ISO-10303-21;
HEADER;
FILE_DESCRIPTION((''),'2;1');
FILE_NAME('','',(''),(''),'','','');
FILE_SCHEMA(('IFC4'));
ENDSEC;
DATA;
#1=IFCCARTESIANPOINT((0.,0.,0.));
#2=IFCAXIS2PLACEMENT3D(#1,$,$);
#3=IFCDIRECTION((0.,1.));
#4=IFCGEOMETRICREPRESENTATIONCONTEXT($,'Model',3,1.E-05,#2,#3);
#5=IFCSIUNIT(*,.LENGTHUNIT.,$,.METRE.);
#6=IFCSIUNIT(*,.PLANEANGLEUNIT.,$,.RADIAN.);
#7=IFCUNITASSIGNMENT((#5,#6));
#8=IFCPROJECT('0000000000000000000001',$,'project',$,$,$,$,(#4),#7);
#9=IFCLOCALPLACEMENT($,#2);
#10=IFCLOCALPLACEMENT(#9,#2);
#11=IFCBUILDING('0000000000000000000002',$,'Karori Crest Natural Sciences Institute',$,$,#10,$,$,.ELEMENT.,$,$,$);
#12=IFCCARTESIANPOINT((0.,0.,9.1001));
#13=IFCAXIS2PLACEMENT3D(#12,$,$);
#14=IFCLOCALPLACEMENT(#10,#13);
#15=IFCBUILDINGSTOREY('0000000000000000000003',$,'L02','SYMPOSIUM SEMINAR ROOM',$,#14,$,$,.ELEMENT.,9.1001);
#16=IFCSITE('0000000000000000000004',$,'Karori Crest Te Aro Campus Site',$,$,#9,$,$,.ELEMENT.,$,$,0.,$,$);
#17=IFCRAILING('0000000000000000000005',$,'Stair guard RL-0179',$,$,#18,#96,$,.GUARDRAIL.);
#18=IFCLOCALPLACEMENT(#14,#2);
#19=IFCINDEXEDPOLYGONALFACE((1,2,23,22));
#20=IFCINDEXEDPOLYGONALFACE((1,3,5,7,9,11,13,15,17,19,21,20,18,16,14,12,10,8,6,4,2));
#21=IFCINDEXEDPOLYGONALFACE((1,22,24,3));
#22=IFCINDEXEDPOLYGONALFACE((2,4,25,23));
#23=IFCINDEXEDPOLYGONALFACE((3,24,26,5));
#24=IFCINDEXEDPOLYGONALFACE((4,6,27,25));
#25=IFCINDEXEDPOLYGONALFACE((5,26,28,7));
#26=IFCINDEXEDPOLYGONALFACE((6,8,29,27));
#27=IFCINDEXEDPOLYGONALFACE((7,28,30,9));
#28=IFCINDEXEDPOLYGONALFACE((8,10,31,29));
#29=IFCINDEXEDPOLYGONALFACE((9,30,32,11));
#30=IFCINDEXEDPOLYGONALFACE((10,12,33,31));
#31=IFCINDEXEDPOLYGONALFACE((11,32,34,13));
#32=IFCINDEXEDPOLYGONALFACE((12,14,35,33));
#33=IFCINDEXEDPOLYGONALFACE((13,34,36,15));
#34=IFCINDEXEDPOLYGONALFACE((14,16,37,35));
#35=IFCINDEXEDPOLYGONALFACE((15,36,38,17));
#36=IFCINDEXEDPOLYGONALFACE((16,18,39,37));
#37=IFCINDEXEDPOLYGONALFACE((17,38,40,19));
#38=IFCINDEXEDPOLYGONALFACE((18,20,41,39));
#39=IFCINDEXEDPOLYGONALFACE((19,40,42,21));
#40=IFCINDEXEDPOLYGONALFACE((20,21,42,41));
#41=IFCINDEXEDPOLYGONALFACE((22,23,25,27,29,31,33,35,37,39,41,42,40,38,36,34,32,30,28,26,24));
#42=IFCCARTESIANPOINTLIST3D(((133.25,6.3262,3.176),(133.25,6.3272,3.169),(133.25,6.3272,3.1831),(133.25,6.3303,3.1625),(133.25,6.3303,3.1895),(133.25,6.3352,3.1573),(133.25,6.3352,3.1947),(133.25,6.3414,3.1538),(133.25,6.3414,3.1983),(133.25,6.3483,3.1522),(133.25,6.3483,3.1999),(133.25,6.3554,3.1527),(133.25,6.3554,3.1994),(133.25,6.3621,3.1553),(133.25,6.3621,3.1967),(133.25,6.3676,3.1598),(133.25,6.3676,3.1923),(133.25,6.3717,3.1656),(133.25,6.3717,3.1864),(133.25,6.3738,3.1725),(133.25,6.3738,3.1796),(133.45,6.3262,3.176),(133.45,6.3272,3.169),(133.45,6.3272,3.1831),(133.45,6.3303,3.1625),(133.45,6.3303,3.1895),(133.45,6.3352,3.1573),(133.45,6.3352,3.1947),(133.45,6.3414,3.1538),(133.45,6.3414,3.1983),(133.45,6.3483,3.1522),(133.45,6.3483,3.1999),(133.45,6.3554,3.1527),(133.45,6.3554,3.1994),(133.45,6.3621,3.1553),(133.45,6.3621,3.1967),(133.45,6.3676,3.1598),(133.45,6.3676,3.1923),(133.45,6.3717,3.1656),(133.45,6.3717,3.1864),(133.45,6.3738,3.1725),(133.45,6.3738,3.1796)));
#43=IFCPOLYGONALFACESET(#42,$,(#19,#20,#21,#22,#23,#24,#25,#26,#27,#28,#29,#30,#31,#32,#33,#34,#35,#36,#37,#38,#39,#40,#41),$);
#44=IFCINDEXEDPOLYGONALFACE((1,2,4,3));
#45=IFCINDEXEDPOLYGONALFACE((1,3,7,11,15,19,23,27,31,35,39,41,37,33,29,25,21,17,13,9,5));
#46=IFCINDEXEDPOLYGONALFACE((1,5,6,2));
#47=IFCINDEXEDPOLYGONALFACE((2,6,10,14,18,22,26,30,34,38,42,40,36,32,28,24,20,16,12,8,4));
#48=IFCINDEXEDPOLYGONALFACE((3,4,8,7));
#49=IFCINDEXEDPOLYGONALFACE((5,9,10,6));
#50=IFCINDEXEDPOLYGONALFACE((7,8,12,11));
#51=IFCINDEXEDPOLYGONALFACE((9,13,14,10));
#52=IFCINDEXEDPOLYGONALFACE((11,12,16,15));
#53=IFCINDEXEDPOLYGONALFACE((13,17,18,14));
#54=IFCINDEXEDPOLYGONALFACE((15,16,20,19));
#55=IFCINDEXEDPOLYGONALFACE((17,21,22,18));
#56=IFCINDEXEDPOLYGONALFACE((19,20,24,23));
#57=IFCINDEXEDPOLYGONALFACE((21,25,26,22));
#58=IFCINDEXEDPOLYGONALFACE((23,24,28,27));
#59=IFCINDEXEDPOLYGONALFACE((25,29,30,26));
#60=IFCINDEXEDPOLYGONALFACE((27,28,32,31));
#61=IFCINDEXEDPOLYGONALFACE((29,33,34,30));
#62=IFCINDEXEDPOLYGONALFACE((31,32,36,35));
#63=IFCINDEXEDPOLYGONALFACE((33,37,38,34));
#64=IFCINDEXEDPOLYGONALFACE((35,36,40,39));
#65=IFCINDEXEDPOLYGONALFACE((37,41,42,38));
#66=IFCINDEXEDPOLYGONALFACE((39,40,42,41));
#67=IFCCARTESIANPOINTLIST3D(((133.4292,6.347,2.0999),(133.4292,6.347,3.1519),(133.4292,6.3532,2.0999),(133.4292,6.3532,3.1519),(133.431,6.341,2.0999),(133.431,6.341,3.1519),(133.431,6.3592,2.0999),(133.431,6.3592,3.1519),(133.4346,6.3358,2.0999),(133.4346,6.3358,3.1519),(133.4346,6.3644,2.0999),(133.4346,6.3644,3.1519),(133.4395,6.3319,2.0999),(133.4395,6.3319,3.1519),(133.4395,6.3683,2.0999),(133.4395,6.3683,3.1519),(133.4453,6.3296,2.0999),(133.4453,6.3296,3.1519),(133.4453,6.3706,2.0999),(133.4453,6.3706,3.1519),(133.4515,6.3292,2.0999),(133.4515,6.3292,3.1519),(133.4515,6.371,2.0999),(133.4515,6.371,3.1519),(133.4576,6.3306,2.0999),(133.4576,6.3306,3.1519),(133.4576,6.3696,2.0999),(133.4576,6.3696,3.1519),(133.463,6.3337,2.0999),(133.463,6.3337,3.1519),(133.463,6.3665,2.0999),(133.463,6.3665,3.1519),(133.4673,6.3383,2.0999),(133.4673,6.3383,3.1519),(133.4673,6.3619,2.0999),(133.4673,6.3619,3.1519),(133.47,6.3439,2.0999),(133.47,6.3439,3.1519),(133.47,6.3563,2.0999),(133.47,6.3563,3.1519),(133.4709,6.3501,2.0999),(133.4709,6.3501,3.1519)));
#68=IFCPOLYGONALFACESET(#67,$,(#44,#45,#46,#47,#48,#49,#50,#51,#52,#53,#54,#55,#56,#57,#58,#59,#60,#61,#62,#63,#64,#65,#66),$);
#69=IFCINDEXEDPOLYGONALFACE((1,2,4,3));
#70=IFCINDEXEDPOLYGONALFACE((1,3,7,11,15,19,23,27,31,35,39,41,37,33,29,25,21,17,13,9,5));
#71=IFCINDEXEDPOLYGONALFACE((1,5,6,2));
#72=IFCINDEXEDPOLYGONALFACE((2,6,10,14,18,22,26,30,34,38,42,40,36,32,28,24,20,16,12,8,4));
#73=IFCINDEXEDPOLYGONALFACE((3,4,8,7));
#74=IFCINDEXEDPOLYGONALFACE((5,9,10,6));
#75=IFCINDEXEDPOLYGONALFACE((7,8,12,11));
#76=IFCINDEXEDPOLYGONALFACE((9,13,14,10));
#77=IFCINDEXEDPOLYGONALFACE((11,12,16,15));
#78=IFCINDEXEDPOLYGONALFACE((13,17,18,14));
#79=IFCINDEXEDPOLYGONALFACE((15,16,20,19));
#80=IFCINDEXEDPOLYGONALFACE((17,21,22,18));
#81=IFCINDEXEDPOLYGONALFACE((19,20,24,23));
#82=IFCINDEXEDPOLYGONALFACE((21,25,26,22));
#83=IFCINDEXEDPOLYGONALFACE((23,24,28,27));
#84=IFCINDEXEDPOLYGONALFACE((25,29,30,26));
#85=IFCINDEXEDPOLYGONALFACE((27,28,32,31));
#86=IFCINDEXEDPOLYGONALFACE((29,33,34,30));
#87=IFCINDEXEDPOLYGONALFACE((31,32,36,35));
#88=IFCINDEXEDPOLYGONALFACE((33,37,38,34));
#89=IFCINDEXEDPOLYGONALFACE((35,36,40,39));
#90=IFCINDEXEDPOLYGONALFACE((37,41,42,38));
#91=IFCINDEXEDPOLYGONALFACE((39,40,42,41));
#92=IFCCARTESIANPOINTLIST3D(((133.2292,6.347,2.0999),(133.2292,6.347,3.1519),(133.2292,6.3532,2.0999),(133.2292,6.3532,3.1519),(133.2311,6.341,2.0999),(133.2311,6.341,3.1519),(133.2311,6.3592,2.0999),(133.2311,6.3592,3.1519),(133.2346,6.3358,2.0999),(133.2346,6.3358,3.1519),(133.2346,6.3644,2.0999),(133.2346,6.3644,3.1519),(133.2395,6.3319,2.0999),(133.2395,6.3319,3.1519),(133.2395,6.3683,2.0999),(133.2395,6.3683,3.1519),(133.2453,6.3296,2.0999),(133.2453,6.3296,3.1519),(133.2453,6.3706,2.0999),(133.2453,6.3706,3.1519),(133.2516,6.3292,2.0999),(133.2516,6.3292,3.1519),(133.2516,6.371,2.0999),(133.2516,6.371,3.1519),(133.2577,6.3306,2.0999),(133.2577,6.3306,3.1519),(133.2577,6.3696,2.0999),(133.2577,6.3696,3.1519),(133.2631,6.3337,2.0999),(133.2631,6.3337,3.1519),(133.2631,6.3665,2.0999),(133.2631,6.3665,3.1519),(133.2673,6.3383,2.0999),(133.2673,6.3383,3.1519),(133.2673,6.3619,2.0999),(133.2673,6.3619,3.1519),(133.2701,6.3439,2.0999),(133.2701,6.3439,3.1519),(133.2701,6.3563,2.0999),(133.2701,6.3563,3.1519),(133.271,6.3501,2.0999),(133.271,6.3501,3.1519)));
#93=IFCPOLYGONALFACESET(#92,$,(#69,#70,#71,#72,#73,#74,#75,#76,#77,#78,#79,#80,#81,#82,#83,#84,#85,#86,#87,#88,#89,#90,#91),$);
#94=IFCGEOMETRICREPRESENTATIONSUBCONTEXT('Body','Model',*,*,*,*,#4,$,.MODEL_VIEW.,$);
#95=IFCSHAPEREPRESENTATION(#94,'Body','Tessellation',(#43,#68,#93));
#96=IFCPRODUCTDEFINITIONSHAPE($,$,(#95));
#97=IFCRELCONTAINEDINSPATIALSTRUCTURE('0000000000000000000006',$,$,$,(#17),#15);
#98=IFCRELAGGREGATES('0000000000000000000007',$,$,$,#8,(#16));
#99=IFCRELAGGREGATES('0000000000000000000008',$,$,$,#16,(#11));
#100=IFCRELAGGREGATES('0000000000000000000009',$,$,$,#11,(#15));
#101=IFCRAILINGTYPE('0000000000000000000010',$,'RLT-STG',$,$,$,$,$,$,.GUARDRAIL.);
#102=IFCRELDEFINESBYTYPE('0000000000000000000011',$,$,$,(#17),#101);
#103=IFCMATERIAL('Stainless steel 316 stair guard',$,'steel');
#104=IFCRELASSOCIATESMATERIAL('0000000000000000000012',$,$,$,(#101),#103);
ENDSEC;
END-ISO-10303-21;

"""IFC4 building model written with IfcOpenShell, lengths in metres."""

from ifc_helpers import new_model, si_unit, direction, frame, origin, origin_2d, place, context, subcontext, project, spatial, circle, extrude, material, type_object, element, save


model = new_model("IFC4")

# Units and contexts
model_context = context("Model", 3, precision=1e-05, world=origin(), true_north=direction((0.0, 1.0)))
body_context = subcontext(model_context, "Body", "Model", "MODEL_VIEW")
ifc_project = project(units=[si_unit("LENGTHUNIT", "METRE"), si_unit("PLANEANGLEUNIT", "RADIAN")], contexts=[model_context])

# Site, building, storey
site_placement = place(None, origin())
site = spatial("IfcSite", under=ifc_project, at=site_placement, Name="Karori Crest Te Aro Campus Site", CompositionType="ELEMENT", RefElevation=0.0)
building_placement = place(site_placement, origin())
building = spatial("IfcBuilding", under=site, at=building_placement, Name="Karori Crest Natural Sciences Institute", CompositionType="ELEMENT")
storey_placement = place(building_placement, frame((0.0, 0.0, 9.1001)))
storey = spatial("IfcBuildingStorey", under=building, at=storey_placement, Name="L02", Description="SYMPOSIUM SEMINAR ROOM", CompositionType="ELEMENT", Elevation=9.1001)

# Railing
ifc_material_1 = material(Name="Stainless steel 316 stair guard", Category="steel")
railing_type_1 = type_object("IfcRailingType", Name="RLT-STG", PredefinedType="GUARDRAIL", material=ifc_material_1)
railing_1_placement = place(storey_placement, frame((133.45, 6.3501, 2.0999)))
element("IfcRailing", 1, at=railing_1_placement, inside=storey, type_object=railing_type_1, Name="Stair guard RL-0179", PredefinedType="GUARDRAIL", context=body_context, shape_type="SweptSolid", body=[
    extrude(circle(Radius=0.0239, at=origin_2d()), frame((0.0, 0.0, 1.0762), z_axis=(-1.0, 0.0, 0.0), x_axis=(0.0, -1.0, 0.0)), (0.0, 0.0, 1.0), 0.2),
    extrude(circle(Radius=0.021, at=origin_2d()), origin(), (0.0, 0.0, 1.0), 1.052),
    extrude(circle(Radius=0.021, at=origin_2d()), frame((-0.2, 0.0, 0.0)), (0.0, 0.0, 1.0), 1.052),
])

save(model, "model.ifc")
